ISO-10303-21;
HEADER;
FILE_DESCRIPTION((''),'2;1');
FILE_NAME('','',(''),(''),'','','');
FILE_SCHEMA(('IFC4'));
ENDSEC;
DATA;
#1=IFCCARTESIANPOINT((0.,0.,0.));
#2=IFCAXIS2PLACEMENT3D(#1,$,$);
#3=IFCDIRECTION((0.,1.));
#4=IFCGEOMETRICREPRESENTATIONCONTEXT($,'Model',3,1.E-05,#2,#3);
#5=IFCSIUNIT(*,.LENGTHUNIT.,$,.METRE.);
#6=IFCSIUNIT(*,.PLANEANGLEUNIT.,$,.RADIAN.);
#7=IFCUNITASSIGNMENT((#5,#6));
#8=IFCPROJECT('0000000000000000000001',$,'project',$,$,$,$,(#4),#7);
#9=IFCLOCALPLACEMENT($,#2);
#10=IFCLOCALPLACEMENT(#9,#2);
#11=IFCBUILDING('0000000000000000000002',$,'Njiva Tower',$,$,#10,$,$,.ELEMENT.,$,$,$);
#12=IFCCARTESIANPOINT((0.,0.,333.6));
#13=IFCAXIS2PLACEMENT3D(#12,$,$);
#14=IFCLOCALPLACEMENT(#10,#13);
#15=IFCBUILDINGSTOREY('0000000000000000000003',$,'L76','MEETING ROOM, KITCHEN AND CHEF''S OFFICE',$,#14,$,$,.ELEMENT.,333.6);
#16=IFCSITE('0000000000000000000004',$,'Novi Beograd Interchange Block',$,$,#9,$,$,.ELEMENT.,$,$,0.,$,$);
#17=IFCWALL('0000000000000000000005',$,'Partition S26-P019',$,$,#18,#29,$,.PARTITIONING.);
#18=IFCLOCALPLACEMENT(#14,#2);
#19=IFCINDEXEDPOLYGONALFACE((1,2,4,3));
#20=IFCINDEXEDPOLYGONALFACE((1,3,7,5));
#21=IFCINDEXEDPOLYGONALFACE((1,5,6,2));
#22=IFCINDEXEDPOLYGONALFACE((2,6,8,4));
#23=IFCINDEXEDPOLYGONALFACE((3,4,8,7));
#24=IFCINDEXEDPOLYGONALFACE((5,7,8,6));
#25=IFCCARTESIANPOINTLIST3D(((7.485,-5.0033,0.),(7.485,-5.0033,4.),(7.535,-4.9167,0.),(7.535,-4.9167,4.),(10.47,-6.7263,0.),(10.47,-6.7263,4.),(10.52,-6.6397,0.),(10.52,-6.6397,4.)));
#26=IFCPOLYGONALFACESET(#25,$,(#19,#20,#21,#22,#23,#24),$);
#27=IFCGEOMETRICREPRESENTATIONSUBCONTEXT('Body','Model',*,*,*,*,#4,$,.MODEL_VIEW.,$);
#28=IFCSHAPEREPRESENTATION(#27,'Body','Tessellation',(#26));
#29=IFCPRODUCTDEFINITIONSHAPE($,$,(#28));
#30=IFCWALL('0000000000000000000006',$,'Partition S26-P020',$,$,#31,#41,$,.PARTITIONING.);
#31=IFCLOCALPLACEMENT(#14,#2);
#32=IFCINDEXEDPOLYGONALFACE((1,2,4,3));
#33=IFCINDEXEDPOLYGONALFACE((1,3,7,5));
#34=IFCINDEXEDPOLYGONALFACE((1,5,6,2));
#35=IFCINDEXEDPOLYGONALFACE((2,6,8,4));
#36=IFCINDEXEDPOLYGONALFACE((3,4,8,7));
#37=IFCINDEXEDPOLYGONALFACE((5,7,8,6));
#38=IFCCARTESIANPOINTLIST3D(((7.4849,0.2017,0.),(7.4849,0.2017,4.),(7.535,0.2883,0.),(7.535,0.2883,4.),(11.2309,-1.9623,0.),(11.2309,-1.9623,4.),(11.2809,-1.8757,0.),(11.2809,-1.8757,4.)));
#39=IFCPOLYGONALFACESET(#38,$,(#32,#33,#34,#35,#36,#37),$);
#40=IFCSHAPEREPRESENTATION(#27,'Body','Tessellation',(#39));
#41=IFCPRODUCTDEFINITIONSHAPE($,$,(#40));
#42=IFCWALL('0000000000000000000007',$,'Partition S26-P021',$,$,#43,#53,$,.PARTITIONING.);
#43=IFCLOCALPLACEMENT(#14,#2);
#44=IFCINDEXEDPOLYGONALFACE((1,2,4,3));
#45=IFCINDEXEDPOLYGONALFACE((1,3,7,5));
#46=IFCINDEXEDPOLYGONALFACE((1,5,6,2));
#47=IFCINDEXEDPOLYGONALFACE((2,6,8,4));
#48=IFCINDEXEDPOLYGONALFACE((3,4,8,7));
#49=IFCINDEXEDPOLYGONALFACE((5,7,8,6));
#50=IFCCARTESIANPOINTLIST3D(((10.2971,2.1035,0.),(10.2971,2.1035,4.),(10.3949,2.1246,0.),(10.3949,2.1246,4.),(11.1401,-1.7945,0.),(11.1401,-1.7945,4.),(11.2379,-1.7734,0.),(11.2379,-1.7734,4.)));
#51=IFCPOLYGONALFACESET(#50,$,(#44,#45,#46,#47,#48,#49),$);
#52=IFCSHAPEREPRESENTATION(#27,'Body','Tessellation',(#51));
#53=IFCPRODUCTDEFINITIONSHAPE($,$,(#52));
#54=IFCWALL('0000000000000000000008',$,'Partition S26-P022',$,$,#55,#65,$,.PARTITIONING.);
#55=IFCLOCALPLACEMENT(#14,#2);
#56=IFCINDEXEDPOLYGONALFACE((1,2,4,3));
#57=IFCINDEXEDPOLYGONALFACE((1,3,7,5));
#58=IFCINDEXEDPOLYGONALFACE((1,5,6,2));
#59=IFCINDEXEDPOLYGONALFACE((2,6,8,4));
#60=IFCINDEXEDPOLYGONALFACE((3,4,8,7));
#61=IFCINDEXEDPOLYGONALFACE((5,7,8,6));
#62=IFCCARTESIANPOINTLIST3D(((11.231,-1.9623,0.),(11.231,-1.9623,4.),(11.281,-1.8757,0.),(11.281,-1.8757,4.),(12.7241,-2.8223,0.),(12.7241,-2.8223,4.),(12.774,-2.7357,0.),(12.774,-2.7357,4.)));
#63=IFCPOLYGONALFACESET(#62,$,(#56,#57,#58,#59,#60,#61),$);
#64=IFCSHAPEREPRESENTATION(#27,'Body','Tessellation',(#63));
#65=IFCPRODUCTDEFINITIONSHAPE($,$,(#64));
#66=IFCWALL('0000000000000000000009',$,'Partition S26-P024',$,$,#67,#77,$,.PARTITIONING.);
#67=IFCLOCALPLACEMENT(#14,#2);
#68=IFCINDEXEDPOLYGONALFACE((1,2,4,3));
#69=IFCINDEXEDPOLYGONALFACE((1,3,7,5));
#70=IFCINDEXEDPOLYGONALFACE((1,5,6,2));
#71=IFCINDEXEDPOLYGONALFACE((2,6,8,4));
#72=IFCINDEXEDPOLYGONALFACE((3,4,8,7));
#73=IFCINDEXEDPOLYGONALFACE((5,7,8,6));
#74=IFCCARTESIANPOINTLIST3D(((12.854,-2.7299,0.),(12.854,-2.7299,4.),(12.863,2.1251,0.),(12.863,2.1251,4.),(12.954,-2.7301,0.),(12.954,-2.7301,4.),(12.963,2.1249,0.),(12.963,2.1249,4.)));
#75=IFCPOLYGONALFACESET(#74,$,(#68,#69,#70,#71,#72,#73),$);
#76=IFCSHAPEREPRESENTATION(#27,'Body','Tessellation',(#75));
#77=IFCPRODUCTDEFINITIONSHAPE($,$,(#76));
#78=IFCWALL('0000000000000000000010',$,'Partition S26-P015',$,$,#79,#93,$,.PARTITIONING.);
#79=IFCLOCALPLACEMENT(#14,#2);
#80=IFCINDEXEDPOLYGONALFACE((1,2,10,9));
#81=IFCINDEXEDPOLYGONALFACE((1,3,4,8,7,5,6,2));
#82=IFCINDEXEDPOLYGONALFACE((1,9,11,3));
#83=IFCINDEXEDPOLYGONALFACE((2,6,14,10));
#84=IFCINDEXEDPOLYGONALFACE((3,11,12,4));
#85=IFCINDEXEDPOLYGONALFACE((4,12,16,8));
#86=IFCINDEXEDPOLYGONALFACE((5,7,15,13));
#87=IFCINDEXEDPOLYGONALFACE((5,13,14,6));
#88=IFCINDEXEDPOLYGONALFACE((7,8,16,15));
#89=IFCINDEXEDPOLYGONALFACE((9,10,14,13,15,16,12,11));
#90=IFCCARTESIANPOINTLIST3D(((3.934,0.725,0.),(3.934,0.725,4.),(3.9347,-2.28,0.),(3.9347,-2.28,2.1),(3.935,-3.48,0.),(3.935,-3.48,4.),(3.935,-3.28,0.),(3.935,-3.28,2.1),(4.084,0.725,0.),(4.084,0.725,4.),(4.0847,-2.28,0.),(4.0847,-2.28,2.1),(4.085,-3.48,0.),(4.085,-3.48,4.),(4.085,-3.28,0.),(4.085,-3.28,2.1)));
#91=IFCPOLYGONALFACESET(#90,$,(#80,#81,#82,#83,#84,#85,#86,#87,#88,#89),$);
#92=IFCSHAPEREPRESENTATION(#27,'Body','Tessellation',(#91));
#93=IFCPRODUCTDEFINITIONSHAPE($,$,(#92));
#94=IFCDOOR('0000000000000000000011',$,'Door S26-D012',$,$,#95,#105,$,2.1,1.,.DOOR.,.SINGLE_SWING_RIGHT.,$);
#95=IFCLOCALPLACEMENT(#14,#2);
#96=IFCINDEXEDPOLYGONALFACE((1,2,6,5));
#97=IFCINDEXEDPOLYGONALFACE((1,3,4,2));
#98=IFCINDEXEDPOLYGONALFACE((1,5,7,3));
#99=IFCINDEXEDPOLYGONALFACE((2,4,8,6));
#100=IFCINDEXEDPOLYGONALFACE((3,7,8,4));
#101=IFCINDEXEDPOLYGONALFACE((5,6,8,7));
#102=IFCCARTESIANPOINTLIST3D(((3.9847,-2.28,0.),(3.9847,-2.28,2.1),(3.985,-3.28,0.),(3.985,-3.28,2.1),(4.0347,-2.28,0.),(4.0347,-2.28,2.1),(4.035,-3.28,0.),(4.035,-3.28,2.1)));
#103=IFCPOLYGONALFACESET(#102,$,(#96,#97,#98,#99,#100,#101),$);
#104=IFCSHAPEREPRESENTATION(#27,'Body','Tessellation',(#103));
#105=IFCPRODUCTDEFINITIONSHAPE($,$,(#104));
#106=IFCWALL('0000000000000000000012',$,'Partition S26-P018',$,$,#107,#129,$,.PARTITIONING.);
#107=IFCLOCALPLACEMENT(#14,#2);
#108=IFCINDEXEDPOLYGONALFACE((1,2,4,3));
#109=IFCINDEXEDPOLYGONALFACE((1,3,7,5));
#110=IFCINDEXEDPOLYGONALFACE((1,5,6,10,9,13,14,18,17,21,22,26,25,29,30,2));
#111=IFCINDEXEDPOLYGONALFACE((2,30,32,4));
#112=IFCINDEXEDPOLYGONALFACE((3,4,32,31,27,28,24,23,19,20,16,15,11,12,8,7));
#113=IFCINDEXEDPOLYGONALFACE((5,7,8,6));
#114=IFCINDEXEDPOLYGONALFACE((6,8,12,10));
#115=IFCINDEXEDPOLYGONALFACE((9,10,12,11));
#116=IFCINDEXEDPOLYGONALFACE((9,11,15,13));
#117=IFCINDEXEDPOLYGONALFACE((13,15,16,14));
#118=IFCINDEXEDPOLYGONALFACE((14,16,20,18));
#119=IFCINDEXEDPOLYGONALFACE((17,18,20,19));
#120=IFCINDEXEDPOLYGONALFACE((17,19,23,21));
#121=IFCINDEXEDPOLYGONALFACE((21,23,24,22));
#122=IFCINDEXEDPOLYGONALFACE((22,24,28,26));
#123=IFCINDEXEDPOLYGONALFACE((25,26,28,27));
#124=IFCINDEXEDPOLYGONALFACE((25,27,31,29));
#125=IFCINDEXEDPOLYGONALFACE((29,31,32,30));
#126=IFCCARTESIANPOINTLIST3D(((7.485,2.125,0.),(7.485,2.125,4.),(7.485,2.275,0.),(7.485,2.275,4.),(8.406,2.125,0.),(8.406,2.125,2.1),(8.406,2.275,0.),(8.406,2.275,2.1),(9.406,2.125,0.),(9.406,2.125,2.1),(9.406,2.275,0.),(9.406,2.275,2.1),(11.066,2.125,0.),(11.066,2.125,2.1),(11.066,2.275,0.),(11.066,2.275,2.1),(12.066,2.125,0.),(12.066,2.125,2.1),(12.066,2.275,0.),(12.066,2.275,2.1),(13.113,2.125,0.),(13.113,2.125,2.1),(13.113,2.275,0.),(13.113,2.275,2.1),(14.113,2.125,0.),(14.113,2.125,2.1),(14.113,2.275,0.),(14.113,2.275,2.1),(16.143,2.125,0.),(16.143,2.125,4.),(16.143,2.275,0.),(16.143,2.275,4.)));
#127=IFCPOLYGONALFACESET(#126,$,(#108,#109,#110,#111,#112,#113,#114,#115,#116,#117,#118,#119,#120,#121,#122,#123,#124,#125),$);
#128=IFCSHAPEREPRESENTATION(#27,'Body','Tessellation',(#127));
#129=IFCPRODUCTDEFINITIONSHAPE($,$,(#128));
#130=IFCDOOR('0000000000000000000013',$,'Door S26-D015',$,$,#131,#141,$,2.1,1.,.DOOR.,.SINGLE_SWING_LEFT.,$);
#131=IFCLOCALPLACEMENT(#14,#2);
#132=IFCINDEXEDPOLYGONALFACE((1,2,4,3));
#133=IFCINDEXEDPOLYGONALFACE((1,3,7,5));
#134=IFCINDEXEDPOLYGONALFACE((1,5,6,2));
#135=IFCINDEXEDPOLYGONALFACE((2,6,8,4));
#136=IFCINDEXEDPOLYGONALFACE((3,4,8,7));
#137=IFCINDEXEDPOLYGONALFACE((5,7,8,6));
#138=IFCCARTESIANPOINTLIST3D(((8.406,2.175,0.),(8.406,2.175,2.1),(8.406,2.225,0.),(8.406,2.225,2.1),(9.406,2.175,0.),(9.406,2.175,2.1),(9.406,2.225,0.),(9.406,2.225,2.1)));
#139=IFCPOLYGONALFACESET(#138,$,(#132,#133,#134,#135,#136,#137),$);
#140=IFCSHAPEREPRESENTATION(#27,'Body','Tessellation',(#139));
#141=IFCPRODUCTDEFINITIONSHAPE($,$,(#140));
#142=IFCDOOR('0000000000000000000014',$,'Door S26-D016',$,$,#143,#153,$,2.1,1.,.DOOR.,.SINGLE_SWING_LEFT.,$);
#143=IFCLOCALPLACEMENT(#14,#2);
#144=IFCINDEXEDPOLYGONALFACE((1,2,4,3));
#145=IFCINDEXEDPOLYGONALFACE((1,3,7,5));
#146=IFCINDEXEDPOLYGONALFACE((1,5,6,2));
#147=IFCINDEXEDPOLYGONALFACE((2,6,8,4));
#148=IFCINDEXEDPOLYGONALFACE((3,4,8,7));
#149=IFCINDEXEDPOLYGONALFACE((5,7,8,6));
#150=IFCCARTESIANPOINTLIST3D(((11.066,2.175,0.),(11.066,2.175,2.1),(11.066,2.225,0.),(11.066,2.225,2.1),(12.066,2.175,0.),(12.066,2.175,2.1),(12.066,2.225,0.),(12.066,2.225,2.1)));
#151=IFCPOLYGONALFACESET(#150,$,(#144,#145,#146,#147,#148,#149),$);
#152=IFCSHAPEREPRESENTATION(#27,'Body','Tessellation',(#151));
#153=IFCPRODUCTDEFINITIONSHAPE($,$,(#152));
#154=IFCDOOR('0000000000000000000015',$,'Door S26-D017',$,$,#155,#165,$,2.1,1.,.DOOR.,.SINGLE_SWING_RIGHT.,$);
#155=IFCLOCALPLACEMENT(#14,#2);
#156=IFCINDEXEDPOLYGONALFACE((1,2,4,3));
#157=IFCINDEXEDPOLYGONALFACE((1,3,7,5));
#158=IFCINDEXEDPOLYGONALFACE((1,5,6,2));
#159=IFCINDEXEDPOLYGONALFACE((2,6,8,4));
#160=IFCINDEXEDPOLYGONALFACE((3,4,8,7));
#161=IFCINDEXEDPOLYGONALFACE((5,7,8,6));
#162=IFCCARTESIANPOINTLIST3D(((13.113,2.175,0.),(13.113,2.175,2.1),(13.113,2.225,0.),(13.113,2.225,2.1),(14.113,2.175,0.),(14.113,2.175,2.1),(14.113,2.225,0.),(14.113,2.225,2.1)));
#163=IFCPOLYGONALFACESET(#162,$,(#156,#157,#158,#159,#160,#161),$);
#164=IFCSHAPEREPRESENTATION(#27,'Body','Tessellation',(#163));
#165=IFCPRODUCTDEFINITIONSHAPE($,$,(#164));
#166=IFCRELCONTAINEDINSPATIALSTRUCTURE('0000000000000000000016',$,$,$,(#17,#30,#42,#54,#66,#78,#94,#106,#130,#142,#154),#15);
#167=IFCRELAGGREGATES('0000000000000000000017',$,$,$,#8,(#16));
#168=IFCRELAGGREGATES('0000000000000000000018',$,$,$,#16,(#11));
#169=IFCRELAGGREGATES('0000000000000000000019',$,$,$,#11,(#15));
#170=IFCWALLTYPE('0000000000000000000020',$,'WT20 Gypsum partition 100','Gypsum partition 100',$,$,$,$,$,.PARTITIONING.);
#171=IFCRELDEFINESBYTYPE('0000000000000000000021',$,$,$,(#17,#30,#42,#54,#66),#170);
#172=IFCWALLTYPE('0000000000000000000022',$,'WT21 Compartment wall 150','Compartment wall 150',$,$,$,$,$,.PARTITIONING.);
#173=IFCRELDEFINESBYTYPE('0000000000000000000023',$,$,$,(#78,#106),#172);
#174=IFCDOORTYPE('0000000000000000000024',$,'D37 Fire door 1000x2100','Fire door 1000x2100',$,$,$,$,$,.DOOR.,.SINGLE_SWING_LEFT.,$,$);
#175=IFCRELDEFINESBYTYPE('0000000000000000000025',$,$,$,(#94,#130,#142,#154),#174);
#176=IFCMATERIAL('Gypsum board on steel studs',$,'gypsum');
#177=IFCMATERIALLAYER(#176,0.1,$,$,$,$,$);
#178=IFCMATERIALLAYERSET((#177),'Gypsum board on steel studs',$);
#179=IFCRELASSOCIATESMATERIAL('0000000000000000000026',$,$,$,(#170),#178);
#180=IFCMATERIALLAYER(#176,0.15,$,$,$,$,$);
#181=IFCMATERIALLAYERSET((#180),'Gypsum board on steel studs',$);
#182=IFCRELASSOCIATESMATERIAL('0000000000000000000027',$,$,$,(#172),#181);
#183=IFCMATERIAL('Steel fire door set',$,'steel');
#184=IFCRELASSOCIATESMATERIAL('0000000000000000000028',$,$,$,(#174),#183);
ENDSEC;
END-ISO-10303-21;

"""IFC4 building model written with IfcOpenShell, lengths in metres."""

from ifc_helpers import new_model, si_unit, direction, frame, frame_2d, origin, place, context, subcontext, project, spatial, rectangle, extrude, material, layer, layer_set, type_object, element, fill, save


model = new_model("IFC4")

# Units and contexts
model_context = context("Model", 3, precision=1e-05, world=origin(), true_north=direction((0.0, 1.0)))
body_context = subcontext(model_context, "Body", "Model", "MODEL_VIEW")
ifc_project = project(units=[si_unit("LENGTHUNIT", "METRE"), si_unit("PLANEANGLEUNIT", "RADIAN")], contexts=[model_context])

# Site, building, storey
site_placement = place(None, origin())
site = spatial("IfcSite", under=ifc_project, at=site_placement, Name="Novi Beograd Interchange Block", CompositionType="ELEMENT", RefElevation=0.0)
building_placement = place(site_placement, origin())
building = spatial("IfcBuilding", under=site, at=building_placement, Name="Njiva Tower", CompositionType="ELEMENT")
storey_placement = place(building_placement, frame((0.0, 0.0, 333.6)))
storey = spatial("IfcBuildingStorey", under=building, at=storey_placement, Name="L76", Description="MEETING ROOM, KITCHEN AND CHEF'S OFFICE", CompositionType="ELEMENT", Elevation=333.6)

# Walls
ifc_material_1 = material(Name="Gypsum board on steel studs", Category="gypsum")
ifc_layer_1 = layer(ifc_material_1, 0.1)
ifc_layer_set_1 = layer_set([ifc_layer_1], Name="Gypsum board on steel studs")
wall_type_1 = type_object("IfcWallType", Name="WT20 Gypsum partition 100", Description="Gypsum partition 100", PredefinedType="PARTITIONING", material=ifc_layer_set_1)
wall_1_placement = place(storey_placement, frame((7.51, -4.96, 0.0), z_axis=(0.0, 0.0, 1.0), x_axis=(0.866074, -0.499915, 0.0)))
element("IfcWall", 1, at=wall_1_placement, inside=storey, type_object=wall_type_1, Name="Partition S26-P019", PredefinedType="PARTITIONING", context=body_context, shape_type="SweptSolid", body=[
    extrude(rectangle(XDim=3.4466, YDim=0.1, at=frame_2d((1.7233, 0.0))), origin(), (0.0, 0.0, 1.0), 4.0),
])
wall_2_placement = place(storey_placement, frame((7.51, 0.245, 0.0), z_axis=(0.0, 0.0, 1.0), x_axis=(0.865901, -0.500216, 0.0)))
element("IfcWall", 2, at=wall_2_placement, inside=storey, type_object=wall_type_1, Name="Partition S26-P020", PredefinedType="PARTITIONING", context=body_context, shape_type="SweptSolid", body=[
    extrude(rectangle(XDim=4.3261, YDim=0.1, at=frame_2d((2.163, 0.0))), origin(), (0.0, 0.0, 1.0), 4.0),
])
wall_3_placement = place(storey_placement, frame((10.346, 2.114, 0.0), z_axis=(0.0, 0.0, 1.0), x_axis=(0.211378, -0.977404, 0.0)))
element("IfcWall", 3, at=wall_3_placement, inside=storey, type_object=wall_type_1, Name="Partition S26-P021", PredefinedType="PARTITIONING", context=body_context, shape_type="SweptSolid", body=[
    extrude(rectangle(XDim=3.9881, YDim=0.1, at=frame_2d((1.994, 0.0))), origin(), (0.0, 0.0, 1.0), 4.0),
])
wall_4_placement = place(storey_placement, frame((11.256, -1.919, 0.0), z_axis=(0.0, 0.0, 1.0), x_axis=(0.866524, -0.499136, 0.0)))
element("IfcWall", 4, at=wall_4_placement, inside=storey, type_object=wall_type_1, Name="Partition S26-P022", PredefinedType="PARTITIONING", context=body_context, shape_type="SweptSolid", body=[
    extrude(rectangle(XDim=1.723, YDim=0.1, at=frame_2d((0.8615, 0.0))), origin(), (0.0, 0.0, 1.0), 4.0),
])
wall_5_placement = place(storey_placement, frame((12.904, -2.73, 0.0), z_axis=(0.0, 0.0, 1.0), x_axis=(0.001854, 0.999998, 0.0)))
element("IfcWall", 5, at=wall_5_placement, inside=storey, type_object=wall_type_1, Name="Partition S26-P024", PredefinedType="PARTITIONING", context=body_context, shape_type="SweptSolid", body=[
    extrude(rectangle(XDim=4.855, YDim=0.1, at=frame_2d((2.4275, 0.0))), origin(), (0.0, 0.0, 1.0), 4.0),
])

# Wall, opening, door
ifc_layer_2 = layer(ifc_material_1, 0.15)
ifc_layer_set_2 = layer_set([ifc_layer_2], Name="Gypsum board on steel studs")
wall_type_2 = type_object("IfcWallType", Name="WT21 Compartment wall 150", Description="Compartment wall 150", PredefinedType="PARTITIONING", material=ifc_layer_set_2)
wall_6_placement = place(storey_placement, frame((4.009, 0.725, 0.0), z_axis=(0.0, 0.0, 1.0), x_axis=(0.000238, -1.0, 0.0)))
wall_6 = element("IfcWall", 6, at=wall_6_placement, inside=storey, type_object=wall_type_2, Name="Partition S26-P015", PredefinedType="PARTITIONING", context=body_context, shape_type="SweptSolid", body=[
    extrude(rectangle(XDim=4.205, YDim=0.15, at=frame_2d((2.1025, 0.0))), origin(), (0.0, 0.0, 1.0), 4.0),
])
opening_1_placement = place(wall_6_placement, frame((3.005, 0.0, 0.0)))
opening_1 = element("IfcOpeningElement", 7, at=opening_1_placement, cuts=wall_6, PredefinedType="OPENING", context=body_context, shape_type="SweptSolid", body=[
    extrude(rectangle(XDim=1.0, YDim=2.1, at=frame_2d((0.5, 1.05))), frame((0.0, 0.085, 0.0), z_axis=(0.0, -1.0, 0.0), x_axis=(1.0, 0.0, 0.0)), (0.0, 0.0, 1.0), 0.17),
])
ifc_material_2 = material(Name="Steel fire door set", Category="steel")
door_type_1 = type_object("IfcDoorType", Name="D37 Fire door 1000x2100", Description="Fire door 1000x2100", OperationType="SINGLE_SWING_LEFT", PredefinedType="DOOR", material=ifc_material_2)
door_1_placement = place(opening_1_placement, origin())
door_1 = element("IfcDoor", 8, at=door_1_placement, inside=storey, type_object=door_type_1, Name="Door S26-D012", OperationType="SINGLE_SWING_RIGHT", OverallHeight=2.1, OverallWidth=1.0, PredefinedType="DOOR", context=body_context, shape_type="SweptSolid", body=[
    extrude(rectangle(XDim=1.0, YDim=2.1, at=frame_2d((0.5, 1.05))), frame((0.0, 0.025, 0.0), z_axis=(0.0, -1.0, 0.0), x_axis=(1.0, 0.0, 0.0)), (0.0, 0.0, 1.0), 0.05),
])
fill(opening_1, door_1)

# Wall, openings, doors
wall_7_placement = place(storey_placement, frame((7.485, 2.2, 0.0), z_axis=(0.0, 0.0, 1.0), x_axis=(1.0, 0.0, 0.0)))
wall_7 = element("IfcWall", 9, at=wall_7_placement, inside=storey, type_object=wall_type_2, Name="Partition S26-P018", PredefinedType="PARTITIONING", context=body_context, shape_type="SweptSolid", body=[
    extrude(rectangle(XDim=8.658, YDim=0.15, at=frame_2d((4.329, 0.0))), origin(), (0.0, 0.0, 1.0), 4.0),
])
opening_2_placement = place(wall_7_placement, frame((0.921, 0.0, 0.0)))
opening_2 = element("IfcOpeningElement", 10, at=opening_2_placement, cuts=wall_7, PredefinedType="OPENING", context=body_context, shape_type="SweptSolid", body=[
    extrude(rectangle(XDim=1.0, YDim=2.1, at=frame_2d((0.5, 1.05))), frame((0.0, 0.085, 0.0), z_axis=(0.0, -1.0, 0.0), x_axis=(1.0, 0.0, 0.0)), (0.0, 0.0, 1.0), 0.17),
])
opening_3_placement = place(wall_7_placement, frame((3.581, 0.0, 0.0)))
opening_3 = element("IfcOpeningElement", 11, at=opening_3_placement, cuts=wall_7, PredefinedType="OPENING", context=body_context, shape_type="SweptSolid", body=[
    extrude(rectangle(XDim=1.0, YDim=2.1, at=frame_2d((0.5, 1.05))), frame((0.0, 0.085, 0.0), z_axis=(0.0, -1.0, 0.0), x_axis=(1.0, 0.0, 0.0)), (0.0, 0.0, 1.0), 0.17),
])
opening_4_placement = place(wall_7_placement, frame((5.628, 0.0, 0.0)))
opening_4 = element("IfcOpeningElement", 12, at=opening_4_placement, cuts=wall_7, PredefinedType="OPENING", context=body_context, shape_type="SweptSolid", body=[
    extrude(rectangle(XDim=1.0, YDim=2.1, at=frame_2d((0.5, 1.05))), frame((0.0, 0.085, 0.0), z_axis=(0.0, -1.0, 0.0), x_axis=(1.0, 0.0, 0.0)), (0.0, 0.0, 1.0), 0.17),
])
door_2_placement = place(opening_2_placement, origin())
door_2 = element("IfcDoor", 13, at=door_2_placement, inside=storey, type_object=door_type_1, Name="Door S26-D015", OperationType="SINGLE_SWING_LEFT", OverallHeight=2.1, OverallWidth=1.0, PredefinedType="DOOR", context=body_context, shape_type="SweptSolid", body=[
    extrude(rectangle(XDim=1.0, YDim=2.1, at=frame_2d((0.5, 1.05))), frame((0.0, 0.025, 0.0), z_axis=(0.0, -1.0, 0.0), x_axis=(1.0, 0.0, 0.0)), (0.0, 0.0, 1.0), 0.05),
])
fill(opening_2, door_2)
door_3_placement = place(opening_3_placement, origin())
door_3 = element("IfcDoor", 14, at=door_3_placement, inside=storey, type_object=door_type_1, Name="Door S26-D016", OperationType="SINGLE_SWING_LEFT", OverallHeight=2.1, OverallWidth=1.0, PredefinedType="DOOR", context=body_context, shape_type="SweptSolid", body=[
    extrude(rectangle(XDim=1.0, YDim=2.1, at=frame_2d((0.5, 1.05))), frame((0.0, 0.025, 0.0), z_axis=(0.0, -1.0, 0.0), x_axis=(1.0, 0.0, 0.0)), (0.0, 0.0, 1.0), 0.05),
])
fill(opening_3, door_3)
door_4_placement = place(opening_4_placement, origin())
door_4 = element("IfcDoor", 15, at=door_4_placement, inside=storey, type_object=door_type_1, Name="Door S26-D017", OperationType="SINGLE_SWING_RIGHT", OverallHeight=2.1, OverallWidth=1.0, PredefinedType="DOOR", context=body_context, shape_type="SweptSolid", body=[
    extrude(rectangle(XDim=1.0, YDim=2.1, at=frame_2d((0.5, 1.05))), frame((0.0, 0.025, 0.0), z_axis=(0.0, -1.0, 0.0), x_axis=(1.0, 0.0, 0.0)), (0.0, 0.0, 1.0), 0.05),
])
fill(opening_4, door_4)

save(model, "model.ifc")
